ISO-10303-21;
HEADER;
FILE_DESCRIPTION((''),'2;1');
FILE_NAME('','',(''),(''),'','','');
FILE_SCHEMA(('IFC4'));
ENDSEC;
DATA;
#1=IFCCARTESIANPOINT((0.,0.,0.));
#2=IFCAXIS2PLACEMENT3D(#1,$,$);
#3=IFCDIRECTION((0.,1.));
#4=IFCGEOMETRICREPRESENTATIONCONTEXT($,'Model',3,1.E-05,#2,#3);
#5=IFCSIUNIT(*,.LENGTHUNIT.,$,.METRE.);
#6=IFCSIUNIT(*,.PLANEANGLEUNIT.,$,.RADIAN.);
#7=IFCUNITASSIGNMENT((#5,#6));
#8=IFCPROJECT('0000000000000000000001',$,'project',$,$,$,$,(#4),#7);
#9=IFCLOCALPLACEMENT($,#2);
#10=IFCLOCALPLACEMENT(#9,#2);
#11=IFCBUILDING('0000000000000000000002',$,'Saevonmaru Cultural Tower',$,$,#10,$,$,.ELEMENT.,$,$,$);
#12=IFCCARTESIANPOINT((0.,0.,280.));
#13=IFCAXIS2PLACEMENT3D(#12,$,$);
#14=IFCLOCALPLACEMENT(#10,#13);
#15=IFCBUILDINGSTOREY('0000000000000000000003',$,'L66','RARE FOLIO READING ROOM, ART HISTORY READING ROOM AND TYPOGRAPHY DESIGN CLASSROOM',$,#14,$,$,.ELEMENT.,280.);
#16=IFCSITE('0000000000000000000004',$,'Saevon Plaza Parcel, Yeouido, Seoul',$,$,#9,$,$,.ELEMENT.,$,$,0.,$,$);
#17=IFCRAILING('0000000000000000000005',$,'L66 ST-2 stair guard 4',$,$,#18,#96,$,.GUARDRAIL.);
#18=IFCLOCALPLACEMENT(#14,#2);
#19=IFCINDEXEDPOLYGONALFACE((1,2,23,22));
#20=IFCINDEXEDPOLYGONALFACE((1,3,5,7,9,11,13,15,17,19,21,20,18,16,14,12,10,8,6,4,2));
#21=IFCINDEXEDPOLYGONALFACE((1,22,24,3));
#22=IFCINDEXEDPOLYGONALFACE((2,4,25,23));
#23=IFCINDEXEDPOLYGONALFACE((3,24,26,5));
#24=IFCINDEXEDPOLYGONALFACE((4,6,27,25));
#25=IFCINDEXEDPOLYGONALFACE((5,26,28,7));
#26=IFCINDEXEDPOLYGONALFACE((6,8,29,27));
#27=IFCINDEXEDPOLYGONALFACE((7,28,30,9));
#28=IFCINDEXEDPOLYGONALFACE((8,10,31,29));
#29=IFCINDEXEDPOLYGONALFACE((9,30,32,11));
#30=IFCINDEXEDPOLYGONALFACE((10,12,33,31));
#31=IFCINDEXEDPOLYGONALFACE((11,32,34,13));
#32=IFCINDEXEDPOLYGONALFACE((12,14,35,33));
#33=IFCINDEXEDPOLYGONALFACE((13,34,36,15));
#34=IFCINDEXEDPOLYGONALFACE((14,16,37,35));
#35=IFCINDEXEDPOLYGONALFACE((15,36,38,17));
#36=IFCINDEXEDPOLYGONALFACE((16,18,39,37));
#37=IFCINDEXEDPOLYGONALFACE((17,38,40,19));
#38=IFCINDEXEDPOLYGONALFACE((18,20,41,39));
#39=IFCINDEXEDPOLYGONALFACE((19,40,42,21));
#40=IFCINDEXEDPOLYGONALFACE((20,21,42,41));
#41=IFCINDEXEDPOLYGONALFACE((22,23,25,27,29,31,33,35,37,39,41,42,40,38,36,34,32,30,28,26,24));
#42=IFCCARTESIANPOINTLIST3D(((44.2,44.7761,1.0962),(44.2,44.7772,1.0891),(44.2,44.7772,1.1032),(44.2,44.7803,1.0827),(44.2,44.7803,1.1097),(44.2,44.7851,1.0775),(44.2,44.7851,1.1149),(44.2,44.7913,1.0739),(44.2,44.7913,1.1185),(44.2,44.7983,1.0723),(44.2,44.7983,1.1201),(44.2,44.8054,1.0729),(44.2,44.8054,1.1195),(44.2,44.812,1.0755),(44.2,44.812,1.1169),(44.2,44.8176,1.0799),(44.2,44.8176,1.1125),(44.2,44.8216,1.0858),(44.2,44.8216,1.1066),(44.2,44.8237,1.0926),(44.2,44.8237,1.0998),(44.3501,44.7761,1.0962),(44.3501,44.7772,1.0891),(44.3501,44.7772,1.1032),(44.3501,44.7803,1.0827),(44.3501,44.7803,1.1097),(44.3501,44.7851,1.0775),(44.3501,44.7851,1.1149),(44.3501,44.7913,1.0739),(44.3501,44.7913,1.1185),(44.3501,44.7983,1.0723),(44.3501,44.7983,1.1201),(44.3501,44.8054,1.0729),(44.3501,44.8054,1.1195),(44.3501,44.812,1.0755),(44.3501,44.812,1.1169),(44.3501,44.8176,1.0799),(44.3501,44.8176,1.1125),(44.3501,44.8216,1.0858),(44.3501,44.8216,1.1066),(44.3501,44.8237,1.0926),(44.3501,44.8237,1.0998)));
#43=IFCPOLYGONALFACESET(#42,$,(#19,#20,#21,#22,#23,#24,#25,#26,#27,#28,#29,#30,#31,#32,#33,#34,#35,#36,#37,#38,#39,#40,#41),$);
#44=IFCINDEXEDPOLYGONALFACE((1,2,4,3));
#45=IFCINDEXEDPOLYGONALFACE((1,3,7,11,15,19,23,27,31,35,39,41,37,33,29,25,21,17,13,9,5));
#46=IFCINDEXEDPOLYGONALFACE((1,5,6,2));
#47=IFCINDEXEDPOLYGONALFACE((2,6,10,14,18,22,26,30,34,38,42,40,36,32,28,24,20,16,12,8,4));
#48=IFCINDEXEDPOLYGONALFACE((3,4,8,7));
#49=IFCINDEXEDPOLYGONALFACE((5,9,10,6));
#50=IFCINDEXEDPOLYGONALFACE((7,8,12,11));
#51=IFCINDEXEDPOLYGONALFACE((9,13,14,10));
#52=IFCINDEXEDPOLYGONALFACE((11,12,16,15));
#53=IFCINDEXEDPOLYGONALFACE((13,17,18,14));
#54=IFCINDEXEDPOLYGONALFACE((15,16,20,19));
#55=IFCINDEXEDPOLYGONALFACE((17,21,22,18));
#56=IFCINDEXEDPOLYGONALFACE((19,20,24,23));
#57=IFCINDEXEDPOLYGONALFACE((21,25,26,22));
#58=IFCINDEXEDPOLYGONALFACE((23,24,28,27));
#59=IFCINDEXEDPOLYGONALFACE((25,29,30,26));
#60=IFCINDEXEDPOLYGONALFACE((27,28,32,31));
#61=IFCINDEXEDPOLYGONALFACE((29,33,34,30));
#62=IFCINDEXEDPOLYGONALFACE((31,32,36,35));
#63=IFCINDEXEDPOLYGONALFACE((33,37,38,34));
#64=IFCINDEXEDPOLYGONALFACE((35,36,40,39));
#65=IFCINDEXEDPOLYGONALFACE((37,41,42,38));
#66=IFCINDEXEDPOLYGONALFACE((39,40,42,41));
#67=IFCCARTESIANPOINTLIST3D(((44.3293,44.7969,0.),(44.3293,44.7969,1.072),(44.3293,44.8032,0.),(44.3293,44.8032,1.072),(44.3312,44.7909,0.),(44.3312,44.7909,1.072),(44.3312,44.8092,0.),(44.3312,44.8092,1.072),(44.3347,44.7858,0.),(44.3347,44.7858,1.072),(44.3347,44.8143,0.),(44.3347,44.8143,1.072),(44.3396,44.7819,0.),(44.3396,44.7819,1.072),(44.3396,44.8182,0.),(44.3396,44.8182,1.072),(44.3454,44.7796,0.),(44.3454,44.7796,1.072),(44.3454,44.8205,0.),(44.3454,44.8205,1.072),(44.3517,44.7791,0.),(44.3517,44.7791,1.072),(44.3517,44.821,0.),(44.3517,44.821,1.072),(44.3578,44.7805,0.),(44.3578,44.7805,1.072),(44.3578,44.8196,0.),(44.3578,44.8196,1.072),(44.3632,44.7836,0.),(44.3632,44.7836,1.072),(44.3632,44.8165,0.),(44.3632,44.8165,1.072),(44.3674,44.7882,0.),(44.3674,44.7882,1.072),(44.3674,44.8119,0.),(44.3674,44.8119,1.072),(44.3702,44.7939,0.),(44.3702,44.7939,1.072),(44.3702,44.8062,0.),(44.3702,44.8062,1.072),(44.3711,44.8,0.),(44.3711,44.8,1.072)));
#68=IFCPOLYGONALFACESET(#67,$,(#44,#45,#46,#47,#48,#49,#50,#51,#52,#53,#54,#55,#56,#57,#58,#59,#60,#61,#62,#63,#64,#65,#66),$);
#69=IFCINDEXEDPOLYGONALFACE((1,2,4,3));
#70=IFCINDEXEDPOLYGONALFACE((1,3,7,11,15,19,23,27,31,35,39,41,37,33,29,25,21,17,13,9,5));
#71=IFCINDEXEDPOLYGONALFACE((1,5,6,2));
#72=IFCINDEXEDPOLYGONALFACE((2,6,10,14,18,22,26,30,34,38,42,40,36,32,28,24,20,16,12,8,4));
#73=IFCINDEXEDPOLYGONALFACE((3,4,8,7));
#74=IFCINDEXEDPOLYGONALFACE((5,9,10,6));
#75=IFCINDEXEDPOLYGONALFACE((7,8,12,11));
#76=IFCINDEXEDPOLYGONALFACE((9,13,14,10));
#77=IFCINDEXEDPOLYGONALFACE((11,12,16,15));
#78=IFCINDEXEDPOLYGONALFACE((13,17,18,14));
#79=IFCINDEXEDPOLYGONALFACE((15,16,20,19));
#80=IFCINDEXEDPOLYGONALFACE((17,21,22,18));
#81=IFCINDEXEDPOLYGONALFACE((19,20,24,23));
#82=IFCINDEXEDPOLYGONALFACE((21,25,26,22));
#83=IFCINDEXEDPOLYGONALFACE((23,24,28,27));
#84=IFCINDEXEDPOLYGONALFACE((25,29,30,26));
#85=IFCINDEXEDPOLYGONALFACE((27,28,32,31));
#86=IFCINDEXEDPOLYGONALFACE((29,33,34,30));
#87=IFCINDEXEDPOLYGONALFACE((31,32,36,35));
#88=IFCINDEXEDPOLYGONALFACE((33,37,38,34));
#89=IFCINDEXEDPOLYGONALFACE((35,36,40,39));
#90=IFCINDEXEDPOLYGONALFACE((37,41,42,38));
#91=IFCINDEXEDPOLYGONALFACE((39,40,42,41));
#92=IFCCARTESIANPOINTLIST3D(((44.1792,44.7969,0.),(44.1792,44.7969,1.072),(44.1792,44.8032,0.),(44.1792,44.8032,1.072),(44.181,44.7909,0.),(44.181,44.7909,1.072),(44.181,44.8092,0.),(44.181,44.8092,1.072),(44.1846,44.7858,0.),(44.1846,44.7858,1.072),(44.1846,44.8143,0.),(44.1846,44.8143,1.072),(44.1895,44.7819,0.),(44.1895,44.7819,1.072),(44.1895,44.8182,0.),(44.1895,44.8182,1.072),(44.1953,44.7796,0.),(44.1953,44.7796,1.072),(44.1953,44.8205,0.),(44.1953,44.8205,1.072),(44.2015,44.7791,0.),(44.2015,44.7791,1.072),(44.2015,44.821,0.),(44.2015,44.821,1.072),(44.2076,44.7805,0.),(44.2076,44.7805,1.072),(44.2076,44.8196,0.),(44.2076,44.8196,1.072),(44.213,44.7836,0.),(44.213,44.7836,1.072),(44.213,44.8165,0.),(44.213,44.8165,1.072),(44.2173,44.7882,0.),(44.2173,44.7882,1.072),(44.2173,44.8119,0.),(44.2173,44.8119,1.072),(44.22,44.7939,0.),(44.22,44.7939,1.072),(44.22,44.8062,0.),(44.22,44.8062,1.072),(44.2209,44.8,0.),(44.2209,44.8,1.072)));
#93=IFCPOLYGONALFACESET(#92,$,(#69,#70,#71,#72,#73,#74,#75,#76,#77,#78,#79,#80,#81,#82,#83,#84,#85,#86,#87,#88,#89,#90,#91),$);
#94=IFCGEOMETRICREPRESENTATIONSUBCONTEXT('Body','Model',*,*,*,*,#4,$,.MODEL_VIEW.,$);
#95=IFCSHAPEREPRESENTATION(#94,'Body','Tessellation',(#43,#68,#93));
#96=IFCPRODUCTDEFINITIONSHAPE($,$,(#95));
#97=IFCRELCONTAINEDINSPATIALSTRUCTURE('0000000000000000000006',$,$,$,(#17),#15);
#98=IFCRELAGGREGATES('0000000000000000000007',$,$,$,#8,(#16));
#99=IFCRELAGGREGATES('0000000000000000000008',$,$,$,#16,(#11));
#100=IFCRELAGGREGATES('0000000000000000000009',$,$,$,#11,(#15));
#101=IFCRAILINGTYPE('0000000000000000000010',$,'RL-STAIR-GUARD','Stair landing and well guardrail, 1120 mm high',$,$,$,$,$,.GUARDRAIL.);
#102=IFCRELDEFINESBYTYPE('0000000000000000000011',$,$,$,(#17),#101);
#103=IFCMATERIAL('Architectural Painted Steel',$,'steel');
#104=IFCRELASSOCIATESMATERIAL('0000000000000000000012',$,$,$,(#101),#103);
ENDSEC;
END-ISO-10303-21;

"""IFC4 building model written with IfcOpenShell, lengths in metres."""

from ifc_helpers import new_model, si_unit, direction, frame, origin, origin_2d, place, context, subcontext, project, spatial, circle, extrude, material, type_object, element, save


model = new_model("IFC4")

# Units and contexts
model_context = context("Model", 3, precision=1e-05, world=origin(), true_north=direction((0.0, 1.0)))
body_context = subcontext(model_context, "Body", "Model", "MODEL_VIEW")
ifc_project = project(units=[si_unit("LENGTHUNIT", "METRE"), si_unit("PLANEANGLEUNIT", "RADIAN")], contexts=[model_context])

# Site, building, storey
site_placement = place(None, origin())
site = spatial("IfcSite", under=ifc_project, at=site_placement, Name="Saevon Plaza Parcel, Yeouido, Seoul", CompositionType="ELEMENT", RefElevation=0.0)
building_placement = place(site_placement, origin())
building = spatial("IfcBuilding", under=site, at=building_placement, Name="Saevonmaru Cultural Tower", CompositionType="ELEMENT")
storey_placement = place(building_placement, frame((0.0, 0.0, 280.0)))
storey = spatial("IfcBuildingStorey", under=building, at=storey_placement, Name="L66", Description="RARE FOLIO READING ROOM, ART HISTORY READING ROOM AND TYPOGRAPHY DESIGN CLASSROOM", CompositionType="ELEMENT", Elevation=280.0)

# Railing
ifc_material_1 = material(Name="Architectural Painted Steel", Category="steel")
railing_type_1 = type_object("IfcRailingType", Name="RL-STAIR-GUARD", Description="Stair landing and well guardrail, 1120 mm high", PredefinedType="GUARDRAIL", material=ifc_material_1)
railing_1_placement = place(storey_placement, frame((44.3501, 44.8, 0.0)))
element("IfcRailing", 1, at=railing_1_placement, inside=storey, type_object=railing_type_1, Name="L66 ST-2 stair guard 4", PredefinedType="GUARDRAIL", context=body_context, shape_type="SweptSolid", body=[
    extrude(circle(Radius=0.0239, at=origin_2d()), frame((0.0, 0.0, 1.0962), z_axis=(-1.0, 0.0, 0.0), x_axis=(0.0, -1.0, 0.0)), (0.0, 0.0, 1.0), 0.1501),
    extrude(circle(Radius=0.021, at=origin_2d()), origin(), (0.0, 0.0, 1.0), 1.072),
    extrude(circle(Radius=0.021, at=origin_2d()), frame((-0.1501, 0.0, 0.0)), (0.0, 0.0, 1.0), 1.072),
])

save(model, "model.ifc")
